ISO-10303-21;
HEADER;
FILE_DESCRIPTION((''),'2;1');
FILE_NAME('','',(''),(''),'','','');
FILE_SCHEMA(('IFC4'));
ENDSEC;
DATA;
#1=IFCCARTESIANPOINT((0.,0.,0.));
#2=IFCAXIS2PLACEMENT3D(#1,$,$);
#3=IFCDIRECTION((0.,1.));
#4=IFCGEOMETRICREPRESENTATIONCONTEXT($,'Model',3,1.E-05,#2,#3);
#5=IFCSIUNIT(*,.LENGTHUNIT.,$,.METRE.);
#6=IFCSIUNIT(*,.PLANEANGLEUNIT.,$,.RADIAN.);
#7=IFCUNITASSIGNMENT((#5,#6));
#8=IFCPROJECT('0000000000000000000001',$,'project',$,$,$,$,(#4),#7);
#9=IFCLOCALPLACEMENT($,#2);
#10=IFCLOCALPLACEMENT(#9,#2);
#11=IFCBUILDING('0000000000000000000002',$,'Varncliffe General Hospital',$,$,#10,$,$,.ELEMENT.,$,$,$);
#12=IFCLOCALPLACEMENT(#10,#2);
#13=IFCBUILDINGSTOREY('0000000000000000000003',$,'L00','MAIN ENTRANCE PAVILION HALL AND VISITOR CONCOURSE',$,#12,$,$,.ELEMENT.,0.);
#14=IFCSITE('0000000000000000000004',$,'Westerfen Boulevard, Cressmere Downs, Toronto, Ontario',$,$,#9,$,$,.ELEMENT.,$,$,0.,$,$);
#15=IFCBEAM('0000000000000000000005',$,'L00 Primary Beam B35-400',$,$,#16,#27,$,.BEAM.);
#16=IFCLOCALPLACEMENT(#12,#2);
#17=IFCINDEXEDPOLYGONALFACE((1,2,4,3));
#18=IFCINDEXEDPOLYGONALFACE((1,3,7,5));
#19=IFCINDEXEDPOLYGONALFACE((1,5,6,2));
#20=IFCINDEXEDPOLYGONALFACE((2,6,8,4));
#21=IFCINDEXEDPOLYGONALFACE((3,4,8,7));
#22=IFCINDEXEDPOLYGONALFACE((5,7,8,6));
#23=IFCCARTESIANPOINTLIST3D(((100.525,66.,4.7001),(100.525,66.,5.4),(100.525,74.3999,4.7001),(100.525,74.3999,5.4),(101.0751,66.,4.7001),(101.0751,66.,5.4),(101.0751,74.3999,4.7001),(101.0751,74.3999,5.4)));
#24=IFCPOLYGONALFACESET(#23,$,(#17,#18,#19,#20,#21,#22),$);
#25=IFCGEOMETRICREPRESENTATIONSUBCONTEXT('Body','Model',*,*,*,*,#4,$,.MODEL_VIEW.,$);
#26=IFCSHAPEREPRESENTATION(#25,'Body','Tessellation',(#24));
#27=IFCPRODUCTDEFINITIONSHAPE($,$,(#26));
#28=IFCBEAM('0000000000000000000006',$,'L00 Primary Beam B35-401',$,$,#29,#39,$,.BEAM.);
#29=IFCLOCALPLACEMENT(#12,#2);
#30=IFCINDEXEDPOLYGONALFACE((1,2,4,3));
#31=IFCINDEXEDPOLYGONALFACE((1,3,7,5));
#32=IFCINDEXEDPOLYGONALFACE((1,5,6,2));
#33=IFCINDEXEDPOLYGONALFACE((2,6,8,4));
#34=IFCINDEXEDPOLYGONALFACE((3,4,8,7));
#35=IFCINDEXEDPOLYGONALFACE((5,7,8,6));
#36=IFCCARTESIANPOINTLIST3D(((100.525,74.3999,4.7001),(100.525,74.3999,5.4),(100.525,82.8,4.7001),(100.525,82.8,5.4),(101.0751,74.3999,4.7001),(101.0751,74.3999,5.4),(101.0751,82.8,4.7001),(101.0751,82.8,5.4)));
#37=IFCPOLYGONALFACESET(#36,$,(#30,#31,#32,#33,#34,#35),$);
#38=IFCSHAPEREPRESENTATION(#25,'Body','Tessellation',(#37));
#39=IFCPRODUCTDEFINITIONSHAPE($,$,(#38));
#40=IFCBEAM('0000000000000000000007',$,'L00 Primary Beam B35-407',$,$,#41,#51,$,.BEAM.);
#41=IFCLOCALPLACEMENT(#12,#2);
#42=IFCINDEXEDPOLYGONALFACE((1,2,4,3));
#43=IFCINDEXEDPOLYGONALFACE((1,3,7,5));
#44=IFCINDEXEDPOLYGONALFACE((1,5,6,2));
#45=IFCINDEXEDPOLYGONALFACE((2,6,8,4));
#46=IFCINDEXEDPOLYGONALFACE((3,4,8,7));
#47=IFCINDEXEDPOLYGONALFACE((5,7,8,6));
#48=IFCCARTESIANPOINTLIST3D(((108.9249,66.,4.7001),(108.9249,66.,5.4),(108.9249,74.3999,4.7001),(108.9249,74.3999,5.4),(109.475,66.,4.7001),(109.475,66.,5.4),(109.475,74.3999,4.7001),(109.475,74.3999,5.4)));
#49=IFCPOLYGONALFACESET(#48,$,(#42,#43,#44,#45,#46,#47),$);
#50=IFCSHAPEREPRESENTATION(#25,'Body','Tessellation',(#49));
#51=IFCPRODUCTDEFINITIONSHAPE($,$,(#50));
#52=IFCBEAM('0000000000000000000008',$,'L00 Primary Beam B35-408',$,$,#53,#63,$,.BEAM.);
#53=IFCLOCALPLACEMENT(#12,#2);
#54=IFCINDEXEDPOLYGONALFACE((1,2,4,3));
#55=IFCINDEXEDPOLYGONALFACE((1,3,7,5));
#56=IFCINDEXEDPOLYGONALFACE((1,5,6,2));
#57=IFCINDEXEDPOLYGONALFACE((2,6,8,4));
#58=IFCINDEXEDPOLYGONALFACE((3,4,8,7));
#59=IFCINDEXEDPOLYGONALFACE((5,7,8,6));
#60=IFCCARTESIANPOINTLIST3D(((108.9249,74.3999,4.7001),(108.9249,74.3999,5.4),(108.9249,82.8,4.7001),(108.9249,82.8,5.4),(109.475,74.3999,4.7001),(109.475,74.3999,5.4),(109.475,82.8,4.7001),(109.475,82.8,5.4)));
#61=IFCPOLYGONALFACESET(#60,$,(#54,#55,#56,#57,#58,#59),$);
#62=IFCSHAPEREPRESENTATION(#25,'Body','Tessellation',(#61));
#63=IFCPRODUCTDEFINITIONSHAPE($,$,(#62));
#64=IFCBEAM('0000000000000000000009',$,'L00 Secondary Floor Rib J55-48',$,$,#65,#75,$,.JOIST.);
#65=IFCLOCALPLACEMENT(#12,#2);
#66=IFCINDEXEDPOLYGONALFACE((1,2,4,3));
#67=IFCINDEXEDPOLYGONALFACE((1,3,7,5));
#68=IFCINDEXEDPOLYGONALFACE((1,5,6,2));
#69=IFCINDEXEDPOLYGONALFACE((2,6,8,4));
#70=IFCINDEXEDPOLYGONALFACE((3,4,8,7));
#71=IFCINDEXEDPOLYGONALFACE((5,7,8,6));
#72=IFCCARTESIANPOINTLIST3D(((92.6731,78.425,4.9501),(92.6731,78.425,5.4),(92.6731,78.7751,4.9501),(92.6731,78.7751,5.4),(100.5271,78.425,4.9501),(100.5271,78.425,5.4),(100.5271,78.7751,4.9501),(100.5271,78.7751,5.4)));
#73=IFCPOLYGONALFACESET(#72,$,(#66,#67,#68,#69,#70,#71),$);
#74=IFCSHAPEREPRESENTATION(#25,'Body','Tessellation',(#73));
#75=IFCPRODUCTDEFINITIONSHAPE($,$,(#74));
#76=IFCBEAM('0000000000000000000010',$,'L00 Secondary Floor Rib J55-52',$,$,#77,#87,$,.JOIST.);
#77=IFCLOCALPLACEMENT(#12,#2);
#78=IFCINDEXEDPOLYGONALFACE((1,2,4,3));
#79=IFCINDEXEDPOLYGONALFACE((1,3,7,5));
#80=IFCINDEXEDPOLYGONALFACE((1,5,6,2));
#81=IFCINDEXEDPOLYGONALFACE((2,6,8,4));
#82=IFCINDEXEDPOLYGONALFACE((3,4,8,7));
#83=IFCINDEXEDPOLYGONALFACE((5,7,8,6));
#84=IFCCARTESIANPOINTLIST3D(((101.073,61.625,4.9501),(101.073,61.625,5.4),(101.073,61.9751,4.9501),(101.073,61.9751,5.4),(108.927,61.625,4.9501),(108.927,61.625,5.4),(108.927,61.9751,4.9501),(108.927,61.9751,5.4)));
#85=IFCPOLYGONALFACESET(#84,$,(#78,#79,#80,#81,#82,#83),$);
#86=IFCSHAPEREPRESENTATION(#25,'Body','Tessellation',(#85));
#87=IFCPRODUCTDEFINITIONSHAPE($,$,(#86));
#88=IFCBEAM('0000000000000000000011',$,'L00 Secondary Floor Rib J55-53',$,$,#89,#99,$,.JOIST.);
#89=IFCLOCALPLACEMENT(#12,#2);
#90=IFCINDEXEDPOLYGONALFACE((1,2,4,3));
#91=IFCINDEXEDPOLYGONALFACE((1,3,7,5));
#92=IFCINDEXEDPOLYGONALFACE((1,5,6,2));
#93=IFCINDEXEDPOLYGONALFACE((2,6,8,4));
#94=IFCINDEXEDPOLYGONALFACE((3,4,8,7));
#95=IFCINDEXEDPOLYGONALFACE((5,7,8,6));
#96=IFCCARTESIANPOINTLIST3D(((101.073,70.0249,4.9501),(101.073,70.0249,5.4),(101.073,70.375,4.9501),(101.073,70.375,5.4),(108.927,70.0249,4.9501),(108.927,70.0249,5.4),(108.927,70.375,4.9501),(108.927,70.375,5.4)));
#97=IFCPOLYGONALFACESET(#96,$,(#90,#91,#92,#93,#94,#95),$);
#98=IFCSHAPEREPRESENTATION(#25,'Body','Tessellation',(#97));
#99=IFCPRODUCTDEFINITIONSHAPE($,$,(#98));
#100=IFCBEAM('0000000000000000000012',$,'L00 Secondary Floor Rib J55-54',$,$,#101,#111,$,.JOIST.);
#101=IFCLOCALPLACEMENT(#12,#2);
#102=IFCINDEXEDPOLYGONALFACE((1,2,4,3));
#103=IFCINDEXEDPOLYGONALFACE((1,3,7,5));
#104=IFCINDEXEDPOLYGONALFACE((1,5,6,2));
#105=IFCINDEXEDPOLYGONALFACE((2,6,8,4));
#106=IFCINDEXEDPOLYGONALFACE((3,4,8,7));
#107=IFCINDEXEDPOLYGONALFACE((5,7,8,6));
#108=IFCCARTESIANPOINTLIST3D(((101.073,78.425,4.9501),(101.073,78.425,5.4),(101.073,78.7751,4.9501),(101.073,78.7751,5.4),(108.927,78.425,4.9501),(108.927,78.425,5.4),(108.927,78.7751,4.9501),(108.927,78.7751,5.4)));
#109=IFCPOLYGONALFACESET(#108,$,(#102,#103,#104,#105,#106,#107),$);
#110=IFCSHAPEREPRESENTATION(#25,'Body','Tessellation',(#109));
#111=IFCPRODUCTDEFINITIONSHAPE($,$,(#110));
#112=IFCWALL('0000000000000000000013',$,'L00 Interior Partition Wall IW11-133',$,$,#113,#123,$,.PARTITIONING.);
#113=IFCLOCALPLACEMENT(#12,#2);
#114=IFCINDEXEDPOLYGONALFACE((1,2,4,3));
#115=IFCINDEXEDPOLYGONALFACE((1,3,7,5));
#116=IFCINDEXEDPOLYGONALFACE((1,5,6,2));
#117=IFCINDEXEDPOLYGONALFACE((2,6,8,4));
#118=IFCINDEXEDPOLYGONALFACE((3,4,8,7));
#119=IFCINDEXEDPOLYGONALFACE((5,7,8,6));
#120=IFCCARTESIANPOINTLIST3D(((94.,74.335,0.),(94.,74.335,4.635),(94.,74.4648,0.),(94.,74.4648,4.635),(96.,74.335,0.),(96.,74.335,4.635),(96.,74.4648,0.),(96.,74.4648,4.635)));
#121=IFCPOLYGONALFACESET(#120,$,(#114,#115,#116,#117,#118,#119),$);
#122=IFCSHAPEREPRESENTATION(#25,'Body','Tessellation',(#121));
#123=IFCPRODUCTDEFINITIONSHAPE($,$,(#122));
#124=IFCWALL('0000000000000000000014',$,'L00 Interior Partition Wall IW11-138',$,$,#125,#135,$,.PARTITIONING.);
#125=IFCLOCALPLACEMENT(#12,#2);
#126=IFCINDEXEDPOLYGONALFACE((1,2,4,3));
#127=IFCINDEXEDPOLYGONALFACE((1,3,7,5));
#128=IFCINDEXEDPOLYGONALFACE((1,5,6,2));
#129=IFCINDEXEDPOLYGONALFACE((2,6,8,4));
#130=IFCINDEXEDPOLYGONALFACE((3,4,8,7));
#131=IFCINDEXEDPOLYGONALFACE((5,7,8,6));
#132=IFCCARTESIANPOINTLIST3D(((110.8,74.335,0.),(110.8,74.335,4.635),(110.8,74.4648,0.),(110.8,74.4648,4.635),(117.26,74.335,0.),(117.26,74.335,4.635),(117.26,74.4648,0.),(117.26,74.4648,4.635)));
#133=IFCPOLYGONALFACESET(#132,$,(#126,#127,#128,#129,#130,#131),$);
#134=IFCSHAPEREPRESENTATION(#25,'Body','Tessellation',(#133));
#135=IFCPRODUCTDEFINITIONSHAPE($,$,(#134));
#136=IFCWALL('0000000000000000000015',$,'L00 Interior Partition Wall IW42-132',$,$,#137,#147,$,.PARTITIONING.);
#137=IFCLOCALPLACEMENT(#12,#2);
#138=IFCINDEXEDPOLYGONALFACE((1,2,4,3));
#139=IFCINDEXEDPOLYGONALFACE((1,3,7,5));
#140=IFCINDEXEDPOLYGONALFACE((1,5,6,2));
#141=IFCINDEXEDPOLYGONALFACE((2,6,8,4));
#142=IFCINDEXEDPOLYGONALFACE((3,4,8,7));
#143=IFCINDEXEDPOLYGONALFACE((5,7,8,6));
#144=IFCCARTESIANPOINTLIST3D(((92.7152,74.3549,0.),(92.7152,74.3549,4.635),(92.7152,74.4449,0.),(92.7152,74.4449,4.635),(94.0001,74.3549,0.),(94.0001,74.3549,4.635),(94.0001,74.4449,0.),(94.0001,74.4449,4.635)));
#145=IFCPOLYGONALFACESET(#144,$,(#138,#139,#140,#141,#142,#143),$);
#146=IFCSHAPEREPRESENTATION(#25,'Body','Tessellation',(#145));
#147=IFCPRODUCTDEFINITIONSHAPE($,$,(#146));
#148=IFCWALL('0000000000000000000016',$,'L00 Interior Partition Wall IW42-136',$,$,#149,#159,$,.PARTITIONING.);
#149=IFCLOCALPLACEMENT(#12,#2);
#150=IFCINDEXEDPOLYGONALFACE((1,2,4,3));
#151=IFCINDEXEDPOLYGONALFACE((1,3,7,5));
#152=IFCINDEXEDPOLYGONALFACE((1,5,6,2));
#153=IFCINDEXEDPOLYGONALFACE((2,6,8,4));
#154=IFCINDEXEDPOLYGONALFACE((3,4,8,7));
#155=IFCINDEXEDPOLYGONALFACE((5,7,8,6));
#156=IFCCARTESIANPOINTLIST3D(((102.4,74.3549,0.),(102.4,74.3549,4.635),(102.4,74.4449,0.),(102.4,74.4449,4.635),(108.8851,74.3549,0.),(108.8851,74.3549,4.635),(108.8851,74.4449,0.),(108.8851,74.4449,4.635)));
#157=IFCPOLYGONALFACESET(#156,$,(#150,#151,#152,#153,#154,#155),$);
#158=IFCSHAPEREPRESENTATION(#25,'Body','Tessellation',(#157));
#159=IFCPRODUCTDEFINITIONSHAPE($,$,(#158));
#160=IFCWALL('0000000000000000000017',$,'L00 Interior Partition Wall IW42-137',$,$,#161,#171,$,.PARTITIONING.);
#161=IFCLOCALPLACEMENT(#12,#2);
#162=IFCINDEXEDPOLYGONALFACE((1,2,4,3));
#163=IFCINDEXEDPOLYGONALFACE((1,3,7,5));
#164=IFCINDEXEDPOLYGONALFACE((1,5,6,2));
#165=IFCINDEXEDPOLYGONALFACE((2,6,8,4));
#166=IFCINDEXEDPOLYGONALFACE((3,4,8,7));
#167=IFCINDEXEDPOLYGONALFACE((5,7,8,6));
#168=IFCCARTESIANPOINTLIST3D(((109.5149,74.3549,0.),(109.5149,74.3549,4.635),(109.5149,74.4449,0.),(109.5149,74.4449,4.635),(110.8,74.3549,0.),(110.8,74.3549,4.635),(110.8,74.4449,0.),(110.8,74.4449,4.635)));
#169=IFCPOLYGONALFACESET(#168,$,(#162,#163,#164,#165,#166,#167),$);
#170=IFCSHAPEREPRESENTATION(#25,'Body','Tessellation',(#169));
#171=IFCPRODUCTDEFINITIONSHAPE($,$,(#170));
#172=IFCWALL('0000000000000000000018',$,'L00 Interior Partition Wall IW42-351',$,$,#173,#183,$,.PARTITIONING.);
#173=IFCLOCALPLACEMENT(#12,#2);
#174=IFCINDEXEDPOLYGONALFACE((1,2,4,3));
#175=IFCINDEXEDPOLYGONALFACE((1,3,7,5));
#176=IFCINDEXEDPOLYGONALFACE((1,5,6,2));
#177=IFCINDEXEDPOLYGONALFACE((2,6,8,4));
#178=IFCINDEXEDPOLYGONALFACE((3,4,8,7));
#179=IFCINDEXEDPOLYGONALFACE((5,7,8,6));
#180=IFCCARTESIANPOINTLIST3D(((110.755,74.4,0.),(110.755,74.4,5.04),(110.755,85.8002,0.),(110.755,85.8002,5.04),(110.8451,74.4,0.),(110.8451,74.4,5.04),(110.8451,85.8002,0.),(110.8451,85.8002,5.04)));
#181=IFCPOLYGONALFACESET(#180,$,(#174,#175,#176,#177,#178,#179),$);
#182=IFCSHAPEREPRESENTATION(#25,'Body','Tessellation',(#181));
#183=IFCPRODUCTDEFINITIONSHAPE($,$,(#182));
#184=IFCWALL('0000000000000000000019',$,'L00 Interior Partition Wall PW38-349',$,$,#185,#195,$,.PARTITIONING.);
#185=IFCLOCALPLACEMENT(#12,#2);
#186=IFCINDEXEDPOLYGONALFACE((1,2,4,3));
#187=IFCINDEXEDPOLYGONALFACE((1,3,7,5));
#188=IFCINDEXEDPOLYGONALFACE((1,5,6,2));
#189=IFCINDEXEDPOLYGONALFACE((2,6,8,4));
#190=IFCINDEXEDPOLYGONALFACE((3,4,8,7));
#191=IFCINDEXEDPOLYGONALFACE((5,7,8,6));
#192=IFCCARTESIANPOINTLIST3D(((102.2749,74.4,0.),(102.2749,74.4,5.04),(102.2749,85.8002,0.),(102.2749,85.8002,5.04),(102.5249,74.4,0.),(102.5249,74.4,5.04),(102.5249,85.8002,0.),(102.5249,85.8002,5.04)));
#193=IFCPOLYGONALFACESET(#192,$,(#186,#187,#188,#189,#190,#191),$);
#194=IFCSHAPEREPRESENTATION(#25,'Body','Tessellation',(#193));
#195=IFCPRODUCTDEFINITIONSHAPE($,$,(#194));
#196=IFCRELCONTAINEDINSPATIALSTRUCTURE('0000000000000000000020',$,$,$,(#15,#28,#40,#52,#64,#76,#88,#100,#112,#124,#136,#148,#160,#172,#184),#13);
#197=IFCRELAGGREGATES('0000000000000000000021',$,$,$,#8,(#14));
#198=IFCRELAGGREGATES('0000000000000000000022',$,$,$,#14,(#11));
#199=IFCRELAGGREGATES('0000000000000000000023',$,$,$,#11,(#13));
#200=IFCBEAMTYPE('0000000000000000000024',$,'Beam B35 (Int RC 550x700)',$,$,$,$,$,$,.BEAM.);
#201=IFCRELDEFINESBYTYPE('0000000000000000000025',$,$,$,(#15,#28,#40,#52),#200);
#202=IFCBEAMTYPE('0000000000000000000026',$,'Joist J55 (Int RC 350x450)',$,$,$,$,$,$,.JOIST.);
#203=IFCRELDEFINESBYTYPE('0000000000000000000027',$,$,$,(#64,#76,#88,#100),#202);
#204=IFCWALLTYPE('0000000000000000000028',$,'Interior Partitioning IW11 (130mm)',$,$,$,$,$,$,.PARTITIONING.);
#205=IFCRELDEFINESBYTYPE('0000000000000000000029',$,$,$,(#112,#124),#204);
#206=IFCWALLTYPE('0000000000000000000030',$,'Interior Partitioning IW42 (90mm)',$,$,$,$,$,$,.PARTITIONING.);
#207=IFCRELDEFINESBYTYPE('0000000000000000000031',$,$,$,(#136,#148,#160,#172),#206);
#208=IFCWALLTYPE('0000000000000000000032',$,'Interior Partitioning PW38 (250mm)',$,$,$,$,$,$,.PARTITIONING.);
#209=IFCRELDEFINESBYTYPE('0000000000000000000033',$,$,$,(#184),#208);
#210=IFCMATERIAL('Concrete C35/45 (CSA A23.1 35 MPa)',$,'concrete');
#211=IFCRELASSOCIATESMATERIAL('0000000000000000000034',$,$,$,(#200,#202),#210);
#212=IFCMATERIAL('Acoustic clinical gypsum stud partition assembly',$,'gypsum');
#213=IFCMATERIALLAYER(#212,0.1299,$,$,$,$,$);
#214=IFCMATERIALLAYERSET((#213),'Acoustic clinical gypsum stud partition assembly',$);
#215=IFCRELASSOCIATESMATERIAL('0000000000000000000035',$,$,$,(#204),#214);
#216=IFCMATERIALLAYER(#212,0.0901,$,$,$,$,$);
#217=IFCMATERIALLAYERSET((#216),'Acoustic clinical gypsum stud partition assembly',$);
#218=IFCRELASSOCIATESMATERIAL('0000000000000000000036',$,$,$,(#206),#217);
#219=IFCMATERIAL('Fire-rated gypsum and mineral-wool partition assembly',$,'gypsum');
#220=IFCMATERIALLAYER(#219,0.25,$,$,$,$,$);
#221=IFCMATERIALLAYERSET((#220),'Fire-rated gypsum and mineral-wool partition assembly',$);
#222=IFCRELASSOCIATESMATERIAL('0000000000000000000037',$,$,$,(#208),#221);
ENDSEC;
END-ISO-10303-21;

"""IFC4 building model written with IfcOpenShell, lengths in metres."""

from ifc_helpers import new_model, si_unit, direction, frame, frame_2d, origin, origin_2d, place, context, subcontext, project, spatial, rectangle, extrude, material, layer, layer_set, material_profile, profile_set, type_object, element, save


model = new_model("IFC4")

# Units and contexts
model_context = context("Model", 3, precision=1e-05, world=origin(), true_north=direction((0.0, 1.0)))
body_context = subcontext(model_context, "Body", "Model", "MODEL_VIEW")
ifc_project = project(units=[si_unit("LENGTHUNIT", "METRE"), si_unit("PLANEANGLEUNIT", "RADIAN")], contexts=[model_context])

# Site, building, storey
site_placement = place(None, origin())
site = spatial("IfcSite", under=ifc_project, at=site_placement, Name="Westerfen Boulevard, Cressmere Downs, Toronto, Ontario", CompositionType="ELEMENT", RefElevation=0.0)
building_placement = place(site_placement, origin())
building = spatial("IfcBuilding", under=site, at=building_placement, Name="Varncliffe General Hospital", CompositionType="ELEMENT")
storey_placement = place(building_placement, origin())
storey = spatial("IfcBuildingStorey", under=building, at=storey_placement, Name="L00", Description="MAIN ENTRANCE PAVILION HALL AND VISITOR CONCOURSE", CompositionType="ELEMENT", Elevation=0.0)

# Beams
ifc_material_1 = material(Name="Concrete C35/45 (CSA A23.1 35 MPa)", Category="concrete")
ifc_material_profile_1 = material_profile(ifc_material_1, rectangle(XDim=0.55, YDim=0.7, at=origin_2d()), Name="RC 550x700")
ifc_profile_set_1 = profile_set([ifc_material_profile_1], Name="Concrete C35/45 (CSA A23.1 35 MPa)")
beam_type_1 = type_object("IfcBeamType", Name="Beam B35 (Int RC 550x700)", PredefinedType="BEAM", material=ifc_profile_set_1)
beam_1_placement = place(storey_placement, frame((100.8, 66.0, 5.05), z_axis=(0.0, 1.0, 0.0), x_axis=(-1.0, 0.0, 0.0)))
element("IfcBeam", 1, at=beam_1_placement, inside=storey, type_object=beam_type_1, Name="L00 Primary Beam B35-400", PredefinedType="BEAM", context=body_context, shape_type="SweptSolid", body=[
    extrude(rectangle(XDim=0.55, YDim=0.7, at=origin_2d()), origin(), (0.0, 0.0, 1.0), 8.3999),
])
beam_2_placement = place(storey_placement, frame((100.8, 74.3999, 5.05), z_axis=(0.0, 1.0, 0.0), x_axis=(-1.0, 0.0, 0.0)))
element("IfcBeam", 2, at=beam_2_placement, inside=storey, type_object=beam_type_1, Name="L00 Primary Beam B35-401", PredefinedType="BEAM", context=body_context, shape_type="SweptSolid", body=[
    extrude(rectangle(XDim=0.55, YDim=0.7, at=origin_2d()), origin(), (0.0, 0.0, 1.0), 8.4001),
])
beam_3_placement = place(storey_placement, frame((109.2, 66.0, 5.05), z_axis=(0.0, 1.0, 0.0), x_axis=(-1.0, 0.0, 0.0)))
element("IfcBeam", 3, at=beam_3_placement, inside=storey, type_object=beam_type_1, Name="L00 Primary Beam B35-407", PredefinedType="BEAM", context=body_context, shape_type="SweptSolid", body=[
    extrude(rectangle(XDim=0.55, YDim=0.7, at=origin_2d()), origin(), (0.0, 0.0, 1.0), 8.3999),
])
beam_4_placement = place(storey_placement, frame((109.2, 74.3999, 5.05), z_axis=(0.0, 1.0, 0.0), x_axis=(-1.0, 0.0, 0.0)))
element("IfcBeam", 4, at=beam_4_placement, inside=storey, type_object=beam_type_1, Name="L00 Primary Beam B35-408", PredefinedType="BEAM", context=body_context, shape_type="SweptSolid", body=[
    extrude(rectangle(XDim=0.55, YDim=0.7, at=origin_2d()), origin(), (0.0, 0.0, 1.0), 8.4001),
])
ifc_material_profile_2 = material_profile(ifc_material_1, rectangle(XDim=0.3501, YDim=0.45, at=origin_2d()), Name="RC 350x450")
ifc_profile_set_2 = profile_set([ifc_material_profile_2], Name="Concrete C35/45 (CSA A23.1 35 MPa)")
beam_type_2 = type_object("IfcBeamType", Name="Joist J55 (Int RC 350x450)", PredefinedType="JOIST", material=ifc_profile_set_2)
for number, where, z_axis, x_axis, name in (
    (5, (92.6731, 78.6001, 5.175), (1.0, 0.0, 0.0), (0.0, 1.0, 0.0), "L00 Secondary Floor Rib J55-48"),
    (6, (101.073, 61.8, 5.175), (1.0, 0.0, 0.0), (0.0, 1.0, 0.0), "L00 Secondary Floor Rib J55-52"),
    (7, (101.073, 70.2, 5.175), (1.0, 0.0, 0.0), (0.0, 1.0, 0.0), "L00 Secondary Floor Rib J55-53"),
    (8, (101.073, 78.6001, 5.175), (1.0, 0.0, 0.0), (0.0, 1.0, 0.0), "L00 Secondary Floor Rib J55-54"),
):
    element("IfcBeam", number, at=place(storey_placement, frame(where, z_axis=z_axis, x_axis=x_axis)), inside=storey, type_object=beam_type_2, Name=name, PredefinedType="JOIST", context=body_context, shape_type="SweptSolid", body=[
        extrude(rectangle(XDim=0.3501, YDim=0.45, at=origin_2d()), origin(), (0.0, 0.0, 1.0), 7.854),
    ])

# Walls
ifc_material_2 = material(Name="Acoustic clinical gypsum stud partition assembly", Category="gypsum")
ifc_layer_1 = layer(ifc_material_2, 0.1299)
ifc_layer_set_1 = layer_set([ifc_layer_1], Name="Acoustic clinical gypsum stud partition assembly")
wall_type_1 = type_object("IfcWallType", Name="Interior Partitioning IW11 (130mm)", PredefinedType="PARTITIONING", material=ifc_layer_set_1)
wall_1_placement = place(storey_placement, frame((94.0, 74.3999, 0.0), z_axis=(0.0, 0.0, 1.0), x_axis=(1.0, 0.0, 0.0)))
element("IfcWall", 9, at=wall_1_placement, inside=storey, type_object=wall_type_1, Name="L00 Interior Partition Wall IW11-133", PredefinedType="PARTITIONING", context=body_context, shape_type="SweptSolid", body=[
    extrude(rectangle(XDim=2.0, YDim=0.1299, at=frame_2d((1.0, 0.0))), origin(), (0.0, 0.0, 1.0), 4.635),
])
wall_2_placement = place(storey_placement, frame((110.8, 74.3999, 0.0), z_axis=(0.0, 0.0, 1.0), x_axis=(1.0, 0.0, 0.0)))
element("IfcWall", 10, at=wall_2_placement, inside=storey, type_object=wall_type_1, Name="L00 Interior Partition Wall IW11-138", PredefinedType="PARTITIONING", context=body_context, shape_type="SweptSolid", body=[
    extrude(rectangle(XDim=6.46, YDim=0.1299, at=frame_2d((3.23, 0.0))), origin(), (0.0, 0.0, 1.0), 4.635),
])
ifc_layer_2 = layer(ifc_material_2, 0.0901)
ifc_layer_set_2 = layer_set([ifc_layer_2], Name="Acoustic clinical gypsum stud partition assembly")
wall_type_2 = type_object("IfcWallType", Name="Interior Partitioning IW42 (90mm)", PredefinedType="PARTITIONING", material=ifc_layer_set_2)
wall_3_placement = place(storey_placement, frame((92.7151, 74.3999, 0.0), z_axis=(0.0, 0.0, 1.0), x_axis=(1.0, 0.0, 0.0)))
element("IfcWall", 11, at=wall_3_placement, inside=storey, type_object=wall_type_2, Name="L00 Interior Partition Wall IW42-132", PredefinedType="PARTITIONING", context=body_context, shape_type="SweptSolid", body=[
    extrude(rectangle(XDim=1.2849, YDim=0.0901, at=frame_2d((0.6426, 0.0))), origin(), (0.0, 0.0, 1.0), 4.635),
])
wall_4_placement = place(storey_placement, frame((102.3999, 74.3999, 0.0), z_axis=(0.0, 0.0, 1.0), x_axis=(1.0, 0.0, 0.0)))
element("IfcWall", 12, at=wall_4_placement, inside=storey, type_object=wall_type_2, Name="L00 Interior Partition Wall IW42-136", PredefinedType="PARTITIONING", context=body_context, shape_type="SweptSolid", body=[
    extrude(rectangle(XDim=6.4851, YDim=0.0901, at=frame_2d((3.2427, 0.0))), origin(), (0.0, 0.0, 1.0), 4.635),
])
wall_5_placement = place(storey_placement, frame((109.5149, 74.3999, 0.0), z_axis=(0.0, 0.0, 1.0), x_axis=(1.0, 0.0, 0.0)))
element("IfcWall", 13, at=wall_5_placement, inside=storey, type_object=wall_type_2, Name="L00 Interior Partition Wall IW42-137", PredefinedType="PARTITIONING", context=body_context, shape_type="SweptSolid", body=[
    extrude(rectangle(XDim=1.2852, YDim=0.0901, at=frame_2d((0.6426, 0.0))), origin(), (0.0, 0.0, 1.0), 4.635),
])
wall_6_placement = place(storey_placement, frame((110.8, 74.3999, 0.0), z_axis=(0.0, 0.0, 1.0), x_axis=(0.0, 1.0, 0.0)))
element("IfcWall", 14, at=wall_6_placement, inside=storey, type_object=wall_type_2, Name="L00 Interior Partition Wall IW42-351", PredefinedType="PARTITIONING", context=body_context, shape_type="SweptSolid", body=[
    extrude(rectangle(XDim=11.4001, YDim=0.0901, at=frame_2d((5.7002, 0.0))), origin(), (0.0, 0.0, 1.0), 5.04),
])
ifc_material_3 = material(Name="Fire-rated gypsum and mineral-wool partition assembly", Category="gypsum")
ifc_layer_3 = layer(ifc_material_3, 0.25)
ifc_layer_set_3 = layer_set([ifc_layer_3], Name="Fire-rated gypsum and mineral-wool partition assembly")
wall_type_3 = type_object("IfcWallType", Name="Interior Partitioning PW38 (250mm)", PredefinedType="PARTITIONING", material=ifc_layer_set_3)
wall_7_placement = place(storey_placement, frame((102.3999, 74.3999, 0.0), z_axis=(0.0, 0.0, 1.0), x_axis=(0.0, 1.0, 0.0)))
element("IfcWall", 15, at=wall_7_placement, inside=storey, type_object=wall_type_3, Name="L00 Interior Partition Wall PW38-349", PredefinedType="PARTITIONING", context=body_context, shape_type="SweptSolid", body=[
    extrude(rectangle(XDim=11.4001, YDim=0.25, at=frame_2d((5.7002, 0.0))), origin(), (0.0, 0.0, 1.0), 5.04),
])

save(model, "model.ifc")
